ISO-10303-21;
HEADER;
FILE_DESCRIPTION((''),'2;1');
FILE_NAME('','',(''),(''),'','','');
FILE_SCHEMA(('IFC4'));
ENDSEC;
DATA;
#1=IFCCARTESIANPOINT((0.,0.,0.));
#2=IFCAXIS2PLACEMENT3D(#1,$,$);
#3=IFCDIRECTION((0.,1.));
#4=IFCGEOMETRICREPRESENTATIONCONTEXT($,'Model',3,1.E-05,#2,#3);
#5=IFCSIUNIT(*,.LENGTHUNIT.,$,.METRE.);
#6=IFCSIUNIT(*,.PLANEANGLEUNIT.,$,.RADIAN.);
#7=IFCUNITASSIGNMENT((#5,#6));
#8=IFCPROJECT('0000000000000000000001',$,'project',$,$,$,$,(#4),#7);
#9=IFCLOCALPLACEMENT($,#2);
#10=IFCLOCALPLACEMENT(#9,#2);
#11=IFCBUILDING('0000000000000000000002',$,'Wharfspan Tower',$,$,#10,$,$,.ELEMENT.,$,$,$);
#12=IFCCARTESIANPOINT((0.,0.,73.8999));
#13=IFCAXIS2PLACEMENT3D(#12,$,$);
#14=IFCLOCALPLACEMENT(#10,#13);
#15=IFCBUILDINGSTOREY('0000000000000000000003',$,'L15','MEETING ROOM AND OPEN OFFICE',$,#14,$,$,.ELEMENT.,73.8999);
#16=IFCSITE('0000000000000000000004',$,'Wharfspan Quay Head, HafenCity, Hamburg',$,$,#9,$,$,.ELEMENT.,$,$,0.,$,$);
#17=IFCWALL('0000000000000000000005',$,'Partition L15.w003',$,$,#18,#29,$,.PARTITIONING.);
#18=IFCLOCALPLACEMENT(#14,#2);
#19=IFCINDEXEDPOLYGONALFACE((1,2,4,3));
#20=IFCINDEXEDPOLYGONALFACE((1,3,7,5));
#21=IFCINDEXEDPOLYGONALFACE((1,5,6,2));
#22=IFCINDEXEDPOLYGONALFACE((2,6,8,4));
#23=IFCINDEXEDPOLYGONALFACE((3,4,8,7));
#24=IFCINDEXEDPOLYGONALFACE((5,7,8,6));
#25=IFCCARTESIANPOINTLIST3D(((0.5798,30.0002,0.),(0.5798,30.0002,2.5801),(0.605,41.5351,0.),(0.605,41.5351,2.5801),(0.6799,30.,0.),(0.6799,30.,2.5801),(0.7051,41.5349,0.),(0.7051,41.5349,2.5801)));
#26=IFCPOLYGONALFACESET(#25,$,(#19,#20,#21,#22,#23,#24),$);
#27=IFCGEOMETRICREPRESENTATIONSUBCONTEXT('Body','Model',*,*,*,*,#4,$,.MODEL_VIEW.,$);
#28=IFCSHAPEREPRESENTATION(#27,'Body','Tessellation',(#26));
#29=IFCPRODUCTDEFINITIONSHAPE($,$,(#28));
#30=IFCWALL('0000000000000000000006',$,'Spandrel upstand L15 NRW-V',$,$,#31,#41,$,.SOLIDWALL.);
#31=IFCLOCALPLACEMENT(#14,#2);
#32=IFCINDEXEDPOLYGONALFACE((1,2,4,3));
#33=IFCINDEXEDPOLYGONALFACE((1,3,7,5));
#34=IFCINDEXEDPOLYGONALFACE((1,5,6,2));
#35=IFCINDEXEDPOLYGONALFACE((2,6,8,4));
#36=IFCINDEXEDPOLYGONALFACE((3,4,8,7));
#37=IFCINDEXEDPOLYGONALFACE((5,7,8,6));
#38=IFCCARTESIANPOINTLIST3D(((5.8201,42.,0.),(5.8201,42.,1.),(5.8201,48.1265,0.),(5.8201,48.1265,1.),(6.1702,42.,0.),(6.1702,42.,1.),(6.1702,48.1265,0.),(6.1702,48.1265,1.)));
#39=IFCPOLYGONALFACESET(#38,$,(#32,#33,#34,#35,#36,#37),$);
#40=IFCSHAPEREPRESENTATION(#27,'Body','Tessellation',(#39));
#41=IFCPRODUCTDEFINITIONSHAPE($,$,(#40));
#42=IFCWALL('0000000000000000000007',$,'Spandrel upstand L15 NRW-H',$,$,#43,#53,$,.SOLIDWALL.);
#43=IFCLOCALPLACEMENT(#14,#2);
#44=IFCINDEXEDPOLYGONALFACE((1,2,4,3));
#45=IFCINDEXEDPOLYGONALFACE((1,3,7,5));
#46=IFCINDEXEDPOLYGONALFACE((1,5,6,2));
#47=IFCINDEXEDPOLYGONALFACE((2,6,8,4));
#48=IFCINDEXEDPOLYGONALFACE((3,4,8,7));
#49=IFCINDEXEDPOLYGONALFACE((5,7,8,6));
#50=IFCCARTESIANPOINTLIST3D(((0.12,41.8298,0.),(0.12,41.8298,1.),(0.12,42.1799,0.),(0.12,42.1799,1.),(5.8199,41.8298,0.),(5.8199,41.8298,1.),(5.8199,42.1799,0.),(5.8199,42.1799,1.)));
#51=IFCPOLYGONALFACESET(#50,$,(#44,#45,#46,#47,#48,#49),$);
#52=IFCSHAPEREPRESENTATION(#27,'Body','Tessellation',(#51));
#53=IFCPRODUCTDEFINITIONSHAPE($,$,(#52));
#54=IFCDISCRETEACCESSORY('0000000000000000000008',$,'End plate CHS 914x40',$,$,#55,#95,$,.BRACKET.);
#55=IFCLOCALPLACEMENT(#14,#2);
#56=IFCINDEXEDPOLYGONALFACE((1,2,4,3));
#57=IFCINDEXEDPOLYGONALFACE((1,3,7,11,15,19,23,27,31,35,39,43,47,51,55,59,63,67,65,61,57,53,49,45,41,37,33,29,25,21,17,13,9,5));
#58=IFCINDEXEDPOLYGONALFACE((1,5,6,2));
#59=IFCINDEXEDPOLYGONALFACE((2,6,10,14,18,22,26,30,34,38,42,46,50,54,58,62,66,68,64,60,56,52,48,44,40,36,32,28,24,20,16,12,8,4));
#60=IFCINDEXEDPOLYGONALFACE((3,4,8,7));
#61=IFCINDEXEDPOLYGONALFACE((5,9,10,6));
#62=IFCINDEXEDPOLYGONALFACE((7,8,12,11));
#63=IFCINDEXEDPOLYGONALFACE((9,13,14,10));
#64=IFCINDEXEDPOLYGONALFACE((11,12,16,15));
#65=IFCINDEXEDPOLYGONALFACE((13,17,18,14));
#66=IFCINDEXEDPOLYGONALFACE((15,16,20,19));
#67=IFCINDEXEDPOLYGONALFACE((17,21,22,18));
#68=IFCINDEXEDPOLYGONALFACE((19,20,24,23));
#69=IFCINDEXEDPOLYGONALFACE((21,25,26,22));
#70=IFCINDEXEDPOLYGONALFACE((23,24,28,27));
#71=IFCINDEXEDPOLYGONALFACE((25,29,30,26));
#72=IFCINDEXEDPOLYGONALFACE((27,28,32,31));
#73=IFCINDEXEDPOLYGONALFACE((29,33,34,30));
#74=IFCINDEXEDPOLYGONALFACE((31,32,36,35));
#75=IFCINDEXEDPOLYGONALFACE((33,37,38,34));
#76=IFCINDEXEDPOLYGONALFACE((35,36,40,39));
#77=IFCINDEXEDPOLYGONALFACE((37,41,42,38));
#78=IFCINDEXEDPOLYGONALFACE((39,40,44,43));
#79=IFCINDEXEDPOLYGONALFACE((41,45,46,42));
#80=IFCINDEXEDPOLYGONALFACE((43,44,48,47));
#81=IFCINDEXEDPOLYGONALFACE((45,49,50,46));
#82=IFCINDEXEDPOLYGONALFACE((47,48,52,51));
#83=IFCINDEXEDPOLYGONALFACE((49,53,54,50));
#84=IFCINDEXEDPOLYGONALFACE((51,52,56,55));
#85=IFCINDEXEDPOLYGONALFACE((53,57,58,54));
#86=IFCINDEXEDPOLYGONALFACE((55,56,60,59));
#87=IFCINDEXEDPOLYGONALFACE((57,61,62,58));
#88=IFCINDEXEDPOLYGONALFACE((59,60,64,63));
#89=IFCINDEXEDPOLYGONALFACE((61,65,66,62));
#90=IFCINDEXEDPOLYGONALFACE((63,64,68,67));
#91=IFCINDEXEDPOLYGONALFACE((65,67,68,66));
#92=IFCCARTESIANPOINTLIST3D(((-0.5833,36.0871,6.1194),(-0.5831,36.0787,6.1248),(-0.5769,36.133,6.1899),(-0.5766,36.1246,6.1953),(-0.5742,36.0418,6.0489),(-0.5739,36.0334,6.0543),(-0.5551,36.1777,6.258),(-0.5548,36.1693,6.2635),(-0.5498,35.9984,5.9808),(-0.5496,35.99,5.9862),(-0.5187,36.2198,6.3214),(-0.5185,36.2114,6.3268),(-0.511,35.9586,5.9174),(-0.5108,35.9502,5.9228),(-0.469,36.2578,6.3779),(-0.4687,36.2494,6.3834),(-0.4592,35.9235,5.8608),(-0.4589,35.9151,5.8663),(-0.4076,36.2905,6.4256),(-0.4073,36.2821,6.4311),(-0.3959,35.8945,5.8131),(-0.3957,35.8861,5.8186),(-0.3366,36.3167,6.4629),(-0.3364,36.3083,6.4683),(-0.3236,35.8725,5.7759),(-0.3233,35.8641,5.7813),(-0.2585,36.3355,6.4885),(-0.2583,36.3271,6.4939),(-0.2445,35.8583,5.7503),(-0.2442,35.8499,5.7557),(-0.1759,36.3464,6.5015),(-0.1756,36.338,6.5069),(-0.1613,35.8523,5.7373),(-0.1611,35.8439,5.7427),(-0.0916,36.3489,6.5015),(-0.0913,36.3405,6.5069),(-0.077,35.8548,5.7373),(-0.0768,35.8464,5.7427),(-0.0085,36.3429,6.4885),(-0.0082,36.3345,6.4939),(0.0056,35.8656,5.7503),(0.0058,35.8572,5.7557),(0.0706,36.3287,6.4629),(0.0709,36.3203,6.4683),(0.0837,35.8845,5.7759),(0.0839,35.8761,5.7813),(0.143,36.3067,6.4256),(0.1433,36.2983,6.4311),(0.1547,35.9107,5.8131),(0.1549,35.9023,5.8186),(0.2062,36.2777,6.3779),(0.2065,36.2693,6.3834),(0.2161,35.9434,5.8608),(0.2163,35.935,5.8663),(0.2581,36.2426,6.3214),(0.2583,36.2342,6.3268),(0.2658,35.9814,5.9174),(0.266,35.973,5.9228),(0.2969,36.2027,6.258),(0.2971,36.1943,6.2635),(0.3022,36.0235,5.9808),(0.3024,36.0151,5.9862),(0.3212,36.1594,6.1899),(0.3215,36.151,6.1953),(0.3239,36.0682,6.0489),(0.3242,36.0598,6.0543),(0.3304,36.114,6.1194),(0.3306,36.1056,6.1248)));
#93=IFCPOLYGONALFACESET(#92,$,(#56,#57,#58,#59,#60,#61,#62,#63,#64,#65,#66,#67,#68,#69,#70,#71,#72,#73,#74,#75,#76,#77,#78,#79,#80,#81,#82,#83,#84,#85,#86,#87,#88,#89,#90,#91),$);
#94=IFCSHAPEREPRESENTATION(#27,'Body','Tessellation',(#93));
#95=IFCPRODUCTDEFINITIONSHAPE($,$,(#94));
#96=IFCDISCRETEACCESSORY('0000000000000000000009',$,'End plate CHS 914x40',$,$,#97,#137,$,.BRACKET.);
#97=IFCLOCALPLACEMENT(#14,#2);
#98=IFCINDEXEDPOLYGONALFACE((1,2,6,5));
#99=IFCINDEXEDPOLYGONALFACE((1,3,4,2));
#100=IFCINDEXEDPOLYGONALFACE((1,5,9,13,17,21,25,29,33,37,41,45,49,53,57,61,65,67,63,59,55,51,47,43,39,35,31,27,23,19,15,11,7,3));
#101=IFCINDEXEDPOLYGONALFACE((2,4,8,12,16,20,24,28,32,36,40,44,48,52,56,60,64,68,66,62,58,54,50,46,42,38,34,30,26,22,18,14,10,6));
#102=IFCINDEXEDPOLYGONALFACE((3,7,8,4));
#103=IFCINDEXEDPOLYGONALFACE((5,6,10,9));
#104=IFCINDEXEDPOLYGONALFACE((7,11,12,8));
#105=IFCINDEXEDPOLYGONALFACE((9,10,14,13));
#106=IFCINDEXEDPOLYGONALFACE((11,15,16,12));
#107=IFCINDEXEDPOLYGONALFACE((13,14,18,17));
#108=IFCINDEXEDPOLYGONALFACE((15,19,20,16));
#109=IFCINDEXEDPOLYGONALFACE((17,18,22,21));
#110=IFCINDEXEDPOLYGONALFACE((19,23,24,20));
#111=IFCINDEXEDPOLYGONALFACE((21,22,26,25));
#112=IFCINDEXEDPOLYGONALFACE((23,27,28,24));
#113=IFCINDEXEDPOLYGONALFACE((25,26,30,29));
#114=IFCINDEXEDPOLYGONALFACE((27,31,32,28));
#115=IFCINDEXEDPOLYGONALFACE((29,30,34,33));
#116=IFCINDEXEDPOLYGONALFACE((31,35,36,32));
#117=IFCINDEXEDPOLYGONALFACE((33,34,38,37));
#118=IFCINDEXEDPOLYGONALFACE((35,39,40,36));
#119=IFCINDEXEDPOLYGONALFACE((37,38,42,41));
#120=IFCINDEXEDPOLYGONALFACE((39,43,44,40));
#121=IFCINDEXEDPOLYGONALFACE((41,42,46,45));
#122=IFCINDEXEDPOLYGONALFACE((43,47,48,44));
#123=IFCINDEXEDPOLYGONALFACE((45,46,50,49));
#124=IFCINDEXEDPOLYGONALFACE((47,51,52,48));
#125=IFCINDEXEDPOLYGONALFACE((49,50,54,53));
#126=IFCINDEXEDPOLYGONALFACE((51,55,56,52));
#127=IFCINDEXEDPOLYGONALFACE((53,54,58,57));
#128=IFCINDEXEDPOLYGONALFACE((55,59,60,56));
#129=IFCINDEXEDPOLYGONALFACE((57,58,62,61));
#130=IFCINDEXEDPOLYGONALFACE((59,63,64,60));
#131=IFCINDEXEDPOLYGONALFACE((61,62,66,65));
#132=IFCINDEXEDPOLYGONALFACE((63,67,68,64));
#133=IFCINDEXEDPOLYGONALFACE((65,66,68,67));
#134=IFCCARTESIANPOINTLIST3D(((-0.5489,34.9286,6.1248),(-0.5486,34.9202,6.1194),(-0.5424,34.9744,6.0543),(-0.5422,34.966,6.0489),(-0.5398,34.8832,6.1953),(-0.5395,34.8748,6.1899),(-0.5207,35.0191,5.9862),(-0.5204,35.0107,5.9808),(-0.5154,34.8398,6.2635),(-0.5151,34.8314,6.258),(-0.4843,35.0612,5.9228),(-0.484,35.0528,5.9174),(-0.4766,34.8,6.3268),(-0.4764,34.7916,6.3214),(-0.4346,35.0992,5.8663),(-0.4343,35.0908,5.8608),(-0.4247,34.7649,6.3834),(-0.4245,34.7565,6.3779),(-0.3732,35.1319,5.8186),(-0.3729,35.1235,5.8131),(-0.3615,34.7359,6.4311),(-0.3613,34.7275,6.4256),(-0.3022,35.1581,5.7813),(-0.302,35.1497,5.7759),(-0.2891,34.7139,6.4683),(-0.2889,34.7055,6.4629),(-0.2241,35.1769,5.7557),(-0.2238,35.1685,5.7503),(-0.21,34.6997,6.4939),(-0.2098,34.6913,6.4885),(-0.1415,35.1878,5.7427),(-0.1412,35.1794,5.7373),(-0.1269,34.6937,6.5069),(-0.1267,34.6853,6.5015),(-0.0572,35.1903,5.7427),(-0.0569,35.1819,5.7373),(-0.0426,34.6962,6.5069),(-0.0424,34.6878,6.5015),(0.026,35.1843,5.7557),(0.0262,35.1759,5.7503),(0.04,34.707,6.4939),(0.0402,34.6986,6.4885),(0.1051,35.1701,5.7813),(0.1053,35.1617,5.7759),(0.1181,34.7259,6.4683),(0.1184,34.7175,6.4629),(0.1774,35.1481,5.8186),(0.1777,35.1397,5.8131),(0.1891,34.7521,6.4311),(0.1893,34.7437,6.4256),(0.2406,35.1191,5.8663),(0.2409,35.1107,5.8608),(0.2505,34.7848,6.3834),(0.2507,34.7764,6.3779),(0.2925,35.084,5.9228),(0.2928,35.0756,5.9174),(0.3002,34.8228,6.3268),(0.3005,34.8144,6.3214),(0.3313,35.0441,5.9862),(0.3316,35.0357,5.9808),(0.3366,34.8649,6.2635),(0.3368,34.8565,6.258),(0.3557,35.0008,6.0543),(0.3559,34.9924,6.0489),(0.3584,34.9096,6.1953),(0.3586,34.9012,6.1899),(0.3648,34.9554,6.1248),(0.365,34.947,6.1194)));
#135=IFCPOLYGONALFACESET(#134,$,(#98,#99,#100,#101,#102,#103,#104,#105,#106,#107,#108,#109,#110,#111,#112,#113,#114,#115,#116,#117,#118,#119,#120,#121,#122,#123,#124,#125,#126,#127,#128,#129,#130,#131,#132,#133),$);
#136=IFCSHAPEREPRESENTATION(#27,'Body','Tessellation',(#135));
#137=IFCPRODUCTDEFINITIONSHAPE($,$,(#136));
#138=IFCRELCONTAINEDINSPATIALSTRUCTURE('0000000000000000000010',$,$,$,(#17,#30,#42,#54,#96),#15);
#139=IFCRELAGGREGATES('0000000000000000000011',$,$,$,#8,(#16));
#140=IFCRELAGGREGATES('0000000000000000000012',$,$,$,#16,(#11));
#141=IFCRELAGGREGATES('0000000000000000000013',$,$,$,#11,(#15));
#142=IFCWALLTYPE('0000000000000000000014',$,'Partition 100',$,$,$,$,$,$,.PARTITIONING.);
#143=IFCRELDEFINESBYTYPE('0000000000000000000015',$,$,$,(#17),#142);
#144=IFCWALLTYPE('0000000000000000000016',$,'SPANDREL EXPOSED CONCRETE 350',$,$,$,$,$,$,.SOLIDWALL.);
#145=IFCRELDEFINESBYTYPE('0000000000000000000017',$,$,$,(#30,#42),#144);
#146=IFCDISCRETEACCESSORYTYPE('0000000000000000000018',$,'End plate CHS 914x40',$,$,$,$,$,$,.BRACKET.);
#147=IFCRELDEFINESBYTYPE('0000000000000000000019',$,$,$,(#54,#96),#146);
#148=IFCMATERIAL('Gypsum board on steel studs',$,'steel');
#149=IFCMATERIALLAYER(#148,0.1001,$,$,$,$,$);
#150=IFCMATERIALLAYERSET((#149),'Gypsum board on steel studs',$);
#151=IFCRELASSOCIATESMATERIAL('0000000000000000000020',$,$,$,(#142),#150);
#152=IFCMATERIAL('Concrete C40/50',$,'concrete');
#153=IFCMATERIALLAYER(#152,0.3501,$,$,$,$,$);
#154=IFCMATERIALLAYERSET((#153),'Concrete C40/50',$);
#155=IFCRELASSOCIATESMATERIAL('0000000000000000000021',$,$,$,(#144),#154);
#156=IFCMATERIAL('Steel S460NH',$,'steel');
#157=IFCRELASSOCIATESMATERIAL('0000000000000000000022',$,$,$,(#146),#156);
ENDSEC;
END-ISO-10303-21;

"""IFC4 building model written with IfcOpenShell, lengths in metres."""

from ifc_helpers import new_model, si_unit, direction, frame, frame_2d, origin, origin_2d, place, context, subcontext, project, spatial, rectangle, circle, extrude, material, layer, layer_set, material_profile, profile_set, type_object, element, save


model = new_model("IFC4")

# Units and contexts
model_context = context("Model", 3, precision=1e-05, world=origin(), true_north=direction((0.0, 1.0)))
body_context = subcontext(model_context, "Body", "Model", "MODEL_VIEW")
ifc_project = project(units=[si_unit("LENGTHUNIT", "METRE"), si_unit("PLANEANGLEUNIT", "RADIAN")], contexts=[model_context])

# Site, building, storey
site_placement = place(None, origin())
site = spatial("IfcSite", under=ifc_project, at=site_placement, Name="Wharfspan Quay Head, HafenCity, Hamburg", CompositionType="ELEMENT", RefElevation=0.0)
building_placement = place(site_placement, origin())
building = spatial("IfcBuilding", under=site, at=building_placement, Name="Wharfspan Tower", CompositionType="ELEMENT")
storey_placement = place(building_placement, frame((0.0, 0.0, 73.8999)))
storey = spatial("IfcBuildingStorey", under=building, at=storey_placement, Name="L15", Description="MEETING ROOM AND OPEN OFFICE", CompositionType="ELEMENT", Elevation=73.8999)

# Shared definitions
ifc_material_1 = material(Name="Steel S460NH", Category="steel")

# Walls
ifc_material_2 = material(Name="Gypsum board on steel studs", Category="steel")
ifc_layer_1 = layer(ifc_material_2, 0.1001)
ifc_layer_set_1 = layer_set([ifc_layer_1], Name="Gypsum board on steel studs")
wall_type_1 = type_object("IfcWallType", Name="Partition 100", PredefinedType="PARTITIONING", material=ifc_layer_set_1)
wall_1_placement = place(storey_placement, frame((0.6299, 30.0, 0.0), z_axis=(0.0, 0.0, 1.0), x_axis=(0.00218, 0.999994, 0.0)))
element("IfcWall", 1, at=wall_1_placement, inside=storey, type_object=wall_type_1, Name="Partition L15.w003", PredefinedType="PARTITIONING", context=body_context, shape_type="SweptSolid", body=[
    extrude(rectangle(XDim=11.5349, YDim=0.1001, at=frame_2d((5.7676, 0.0))), origin(), (0.0, 0.0, 1.0), 2.5801),
])
ifc_material_3 = material(Name="Concrete C40/50", Category="concrete")
ifc_layer_2 = layer(ifc_material_3, 0.3501)
ifc_layer_set_2 = layer_set([ifc_layer_2], Name="Concrete C40/50")
wall_type_2 = type_object("IfcWallType", Name="SPANDREL EXPOSED CONCRETE 350", PredefinedType="SOLIDWALL", material=ifc_layer_set_2)
wall_2_placement = place(storey_placement, frame((5.9951, 48.1265, 0.0), z_axis=(0.0, 0.0, 1.0), x_axis=(0.0, -1.0, 0.0)))
element("IfcWall", 2, at=wall_2_placement, inside=storey, type_object=wall_type_2, Name="Spandrel upstand L15 NRW-V", PredefinedType="SOLIDWALL", context=body_context, shape_type="SweptSolid", body=[
    extrude(rectangle(XDim=6.1265, YDim=0.3501, at=frame_2d((3.0632, 0.0))), origin(), (0.0, 0.0, 1.0), 1.0),
])
wall_3_placement = place(storey_placement, frame((5.8201, 42.0049, 0.0), z_axis=(0.0, 0.0, 1.0), x_axis=(-1.0, 0.0, 0.0)))
element("IfcWall", 3, at=wall_3_placement, inside=storey, type_object=wall_type_2, Name="Spandrel upstand L15 NRW-H", PredefinedType="SOLIDWALL", context=body_context, shape_type="SweptSolid", body=[
    extrude(rectangle(XDim=5.7, YDim=0.3501, at=frame_2d((2.8501, 0.0))), origin(), (0.0, 0.0, 1.0), 1.0),
])

# Discrete accessories
ifc_material_profile_1 = material_profile(ifc_material_1, circle(Radius=0.457, at=origin_2d()))
ifc_profile_set_1 = profile_set([ifc_material_profile_1], Name="Steel S460NH")
discrete_accessory_type = type_object("IfcDiscreteAccessoryType", Name="End plate CHS 914x40", PredefinedType="BRACKET", material=ifc_profile_set_1)
for number, where, z_axis, x_axis, name in (
    (4, (-0.1265, 36.1006, 6.1194), (0.024686, -0.839314, 0.543086), (0.999566, 0.0294, 0.000001), "End plate CHS 914x40"),
    (5, (-0.0918, 34.9336, 6.1194), (-0.024686, 0.839314, 0.543086), (-0.999566, -0.0294, 0.000001), "End plate CHS 914x40"),
):
    element("IfcDiscreteAccessory", number, at=place(storey_placement, frame(where, z_axis=z_axis, x_axis=x_axis)), inside=storey, type_object=discrete_accessory_type, Name=name, PredefinedType="BRACKET", context=body_context, shape_type="SweptSolid", body=[
        extrude(circle(Radius=0.457, at=origin_2d()), origin(), (0.0, 0.0, 1.0), 0.01),
    ])

save(model, "model.ifc")
